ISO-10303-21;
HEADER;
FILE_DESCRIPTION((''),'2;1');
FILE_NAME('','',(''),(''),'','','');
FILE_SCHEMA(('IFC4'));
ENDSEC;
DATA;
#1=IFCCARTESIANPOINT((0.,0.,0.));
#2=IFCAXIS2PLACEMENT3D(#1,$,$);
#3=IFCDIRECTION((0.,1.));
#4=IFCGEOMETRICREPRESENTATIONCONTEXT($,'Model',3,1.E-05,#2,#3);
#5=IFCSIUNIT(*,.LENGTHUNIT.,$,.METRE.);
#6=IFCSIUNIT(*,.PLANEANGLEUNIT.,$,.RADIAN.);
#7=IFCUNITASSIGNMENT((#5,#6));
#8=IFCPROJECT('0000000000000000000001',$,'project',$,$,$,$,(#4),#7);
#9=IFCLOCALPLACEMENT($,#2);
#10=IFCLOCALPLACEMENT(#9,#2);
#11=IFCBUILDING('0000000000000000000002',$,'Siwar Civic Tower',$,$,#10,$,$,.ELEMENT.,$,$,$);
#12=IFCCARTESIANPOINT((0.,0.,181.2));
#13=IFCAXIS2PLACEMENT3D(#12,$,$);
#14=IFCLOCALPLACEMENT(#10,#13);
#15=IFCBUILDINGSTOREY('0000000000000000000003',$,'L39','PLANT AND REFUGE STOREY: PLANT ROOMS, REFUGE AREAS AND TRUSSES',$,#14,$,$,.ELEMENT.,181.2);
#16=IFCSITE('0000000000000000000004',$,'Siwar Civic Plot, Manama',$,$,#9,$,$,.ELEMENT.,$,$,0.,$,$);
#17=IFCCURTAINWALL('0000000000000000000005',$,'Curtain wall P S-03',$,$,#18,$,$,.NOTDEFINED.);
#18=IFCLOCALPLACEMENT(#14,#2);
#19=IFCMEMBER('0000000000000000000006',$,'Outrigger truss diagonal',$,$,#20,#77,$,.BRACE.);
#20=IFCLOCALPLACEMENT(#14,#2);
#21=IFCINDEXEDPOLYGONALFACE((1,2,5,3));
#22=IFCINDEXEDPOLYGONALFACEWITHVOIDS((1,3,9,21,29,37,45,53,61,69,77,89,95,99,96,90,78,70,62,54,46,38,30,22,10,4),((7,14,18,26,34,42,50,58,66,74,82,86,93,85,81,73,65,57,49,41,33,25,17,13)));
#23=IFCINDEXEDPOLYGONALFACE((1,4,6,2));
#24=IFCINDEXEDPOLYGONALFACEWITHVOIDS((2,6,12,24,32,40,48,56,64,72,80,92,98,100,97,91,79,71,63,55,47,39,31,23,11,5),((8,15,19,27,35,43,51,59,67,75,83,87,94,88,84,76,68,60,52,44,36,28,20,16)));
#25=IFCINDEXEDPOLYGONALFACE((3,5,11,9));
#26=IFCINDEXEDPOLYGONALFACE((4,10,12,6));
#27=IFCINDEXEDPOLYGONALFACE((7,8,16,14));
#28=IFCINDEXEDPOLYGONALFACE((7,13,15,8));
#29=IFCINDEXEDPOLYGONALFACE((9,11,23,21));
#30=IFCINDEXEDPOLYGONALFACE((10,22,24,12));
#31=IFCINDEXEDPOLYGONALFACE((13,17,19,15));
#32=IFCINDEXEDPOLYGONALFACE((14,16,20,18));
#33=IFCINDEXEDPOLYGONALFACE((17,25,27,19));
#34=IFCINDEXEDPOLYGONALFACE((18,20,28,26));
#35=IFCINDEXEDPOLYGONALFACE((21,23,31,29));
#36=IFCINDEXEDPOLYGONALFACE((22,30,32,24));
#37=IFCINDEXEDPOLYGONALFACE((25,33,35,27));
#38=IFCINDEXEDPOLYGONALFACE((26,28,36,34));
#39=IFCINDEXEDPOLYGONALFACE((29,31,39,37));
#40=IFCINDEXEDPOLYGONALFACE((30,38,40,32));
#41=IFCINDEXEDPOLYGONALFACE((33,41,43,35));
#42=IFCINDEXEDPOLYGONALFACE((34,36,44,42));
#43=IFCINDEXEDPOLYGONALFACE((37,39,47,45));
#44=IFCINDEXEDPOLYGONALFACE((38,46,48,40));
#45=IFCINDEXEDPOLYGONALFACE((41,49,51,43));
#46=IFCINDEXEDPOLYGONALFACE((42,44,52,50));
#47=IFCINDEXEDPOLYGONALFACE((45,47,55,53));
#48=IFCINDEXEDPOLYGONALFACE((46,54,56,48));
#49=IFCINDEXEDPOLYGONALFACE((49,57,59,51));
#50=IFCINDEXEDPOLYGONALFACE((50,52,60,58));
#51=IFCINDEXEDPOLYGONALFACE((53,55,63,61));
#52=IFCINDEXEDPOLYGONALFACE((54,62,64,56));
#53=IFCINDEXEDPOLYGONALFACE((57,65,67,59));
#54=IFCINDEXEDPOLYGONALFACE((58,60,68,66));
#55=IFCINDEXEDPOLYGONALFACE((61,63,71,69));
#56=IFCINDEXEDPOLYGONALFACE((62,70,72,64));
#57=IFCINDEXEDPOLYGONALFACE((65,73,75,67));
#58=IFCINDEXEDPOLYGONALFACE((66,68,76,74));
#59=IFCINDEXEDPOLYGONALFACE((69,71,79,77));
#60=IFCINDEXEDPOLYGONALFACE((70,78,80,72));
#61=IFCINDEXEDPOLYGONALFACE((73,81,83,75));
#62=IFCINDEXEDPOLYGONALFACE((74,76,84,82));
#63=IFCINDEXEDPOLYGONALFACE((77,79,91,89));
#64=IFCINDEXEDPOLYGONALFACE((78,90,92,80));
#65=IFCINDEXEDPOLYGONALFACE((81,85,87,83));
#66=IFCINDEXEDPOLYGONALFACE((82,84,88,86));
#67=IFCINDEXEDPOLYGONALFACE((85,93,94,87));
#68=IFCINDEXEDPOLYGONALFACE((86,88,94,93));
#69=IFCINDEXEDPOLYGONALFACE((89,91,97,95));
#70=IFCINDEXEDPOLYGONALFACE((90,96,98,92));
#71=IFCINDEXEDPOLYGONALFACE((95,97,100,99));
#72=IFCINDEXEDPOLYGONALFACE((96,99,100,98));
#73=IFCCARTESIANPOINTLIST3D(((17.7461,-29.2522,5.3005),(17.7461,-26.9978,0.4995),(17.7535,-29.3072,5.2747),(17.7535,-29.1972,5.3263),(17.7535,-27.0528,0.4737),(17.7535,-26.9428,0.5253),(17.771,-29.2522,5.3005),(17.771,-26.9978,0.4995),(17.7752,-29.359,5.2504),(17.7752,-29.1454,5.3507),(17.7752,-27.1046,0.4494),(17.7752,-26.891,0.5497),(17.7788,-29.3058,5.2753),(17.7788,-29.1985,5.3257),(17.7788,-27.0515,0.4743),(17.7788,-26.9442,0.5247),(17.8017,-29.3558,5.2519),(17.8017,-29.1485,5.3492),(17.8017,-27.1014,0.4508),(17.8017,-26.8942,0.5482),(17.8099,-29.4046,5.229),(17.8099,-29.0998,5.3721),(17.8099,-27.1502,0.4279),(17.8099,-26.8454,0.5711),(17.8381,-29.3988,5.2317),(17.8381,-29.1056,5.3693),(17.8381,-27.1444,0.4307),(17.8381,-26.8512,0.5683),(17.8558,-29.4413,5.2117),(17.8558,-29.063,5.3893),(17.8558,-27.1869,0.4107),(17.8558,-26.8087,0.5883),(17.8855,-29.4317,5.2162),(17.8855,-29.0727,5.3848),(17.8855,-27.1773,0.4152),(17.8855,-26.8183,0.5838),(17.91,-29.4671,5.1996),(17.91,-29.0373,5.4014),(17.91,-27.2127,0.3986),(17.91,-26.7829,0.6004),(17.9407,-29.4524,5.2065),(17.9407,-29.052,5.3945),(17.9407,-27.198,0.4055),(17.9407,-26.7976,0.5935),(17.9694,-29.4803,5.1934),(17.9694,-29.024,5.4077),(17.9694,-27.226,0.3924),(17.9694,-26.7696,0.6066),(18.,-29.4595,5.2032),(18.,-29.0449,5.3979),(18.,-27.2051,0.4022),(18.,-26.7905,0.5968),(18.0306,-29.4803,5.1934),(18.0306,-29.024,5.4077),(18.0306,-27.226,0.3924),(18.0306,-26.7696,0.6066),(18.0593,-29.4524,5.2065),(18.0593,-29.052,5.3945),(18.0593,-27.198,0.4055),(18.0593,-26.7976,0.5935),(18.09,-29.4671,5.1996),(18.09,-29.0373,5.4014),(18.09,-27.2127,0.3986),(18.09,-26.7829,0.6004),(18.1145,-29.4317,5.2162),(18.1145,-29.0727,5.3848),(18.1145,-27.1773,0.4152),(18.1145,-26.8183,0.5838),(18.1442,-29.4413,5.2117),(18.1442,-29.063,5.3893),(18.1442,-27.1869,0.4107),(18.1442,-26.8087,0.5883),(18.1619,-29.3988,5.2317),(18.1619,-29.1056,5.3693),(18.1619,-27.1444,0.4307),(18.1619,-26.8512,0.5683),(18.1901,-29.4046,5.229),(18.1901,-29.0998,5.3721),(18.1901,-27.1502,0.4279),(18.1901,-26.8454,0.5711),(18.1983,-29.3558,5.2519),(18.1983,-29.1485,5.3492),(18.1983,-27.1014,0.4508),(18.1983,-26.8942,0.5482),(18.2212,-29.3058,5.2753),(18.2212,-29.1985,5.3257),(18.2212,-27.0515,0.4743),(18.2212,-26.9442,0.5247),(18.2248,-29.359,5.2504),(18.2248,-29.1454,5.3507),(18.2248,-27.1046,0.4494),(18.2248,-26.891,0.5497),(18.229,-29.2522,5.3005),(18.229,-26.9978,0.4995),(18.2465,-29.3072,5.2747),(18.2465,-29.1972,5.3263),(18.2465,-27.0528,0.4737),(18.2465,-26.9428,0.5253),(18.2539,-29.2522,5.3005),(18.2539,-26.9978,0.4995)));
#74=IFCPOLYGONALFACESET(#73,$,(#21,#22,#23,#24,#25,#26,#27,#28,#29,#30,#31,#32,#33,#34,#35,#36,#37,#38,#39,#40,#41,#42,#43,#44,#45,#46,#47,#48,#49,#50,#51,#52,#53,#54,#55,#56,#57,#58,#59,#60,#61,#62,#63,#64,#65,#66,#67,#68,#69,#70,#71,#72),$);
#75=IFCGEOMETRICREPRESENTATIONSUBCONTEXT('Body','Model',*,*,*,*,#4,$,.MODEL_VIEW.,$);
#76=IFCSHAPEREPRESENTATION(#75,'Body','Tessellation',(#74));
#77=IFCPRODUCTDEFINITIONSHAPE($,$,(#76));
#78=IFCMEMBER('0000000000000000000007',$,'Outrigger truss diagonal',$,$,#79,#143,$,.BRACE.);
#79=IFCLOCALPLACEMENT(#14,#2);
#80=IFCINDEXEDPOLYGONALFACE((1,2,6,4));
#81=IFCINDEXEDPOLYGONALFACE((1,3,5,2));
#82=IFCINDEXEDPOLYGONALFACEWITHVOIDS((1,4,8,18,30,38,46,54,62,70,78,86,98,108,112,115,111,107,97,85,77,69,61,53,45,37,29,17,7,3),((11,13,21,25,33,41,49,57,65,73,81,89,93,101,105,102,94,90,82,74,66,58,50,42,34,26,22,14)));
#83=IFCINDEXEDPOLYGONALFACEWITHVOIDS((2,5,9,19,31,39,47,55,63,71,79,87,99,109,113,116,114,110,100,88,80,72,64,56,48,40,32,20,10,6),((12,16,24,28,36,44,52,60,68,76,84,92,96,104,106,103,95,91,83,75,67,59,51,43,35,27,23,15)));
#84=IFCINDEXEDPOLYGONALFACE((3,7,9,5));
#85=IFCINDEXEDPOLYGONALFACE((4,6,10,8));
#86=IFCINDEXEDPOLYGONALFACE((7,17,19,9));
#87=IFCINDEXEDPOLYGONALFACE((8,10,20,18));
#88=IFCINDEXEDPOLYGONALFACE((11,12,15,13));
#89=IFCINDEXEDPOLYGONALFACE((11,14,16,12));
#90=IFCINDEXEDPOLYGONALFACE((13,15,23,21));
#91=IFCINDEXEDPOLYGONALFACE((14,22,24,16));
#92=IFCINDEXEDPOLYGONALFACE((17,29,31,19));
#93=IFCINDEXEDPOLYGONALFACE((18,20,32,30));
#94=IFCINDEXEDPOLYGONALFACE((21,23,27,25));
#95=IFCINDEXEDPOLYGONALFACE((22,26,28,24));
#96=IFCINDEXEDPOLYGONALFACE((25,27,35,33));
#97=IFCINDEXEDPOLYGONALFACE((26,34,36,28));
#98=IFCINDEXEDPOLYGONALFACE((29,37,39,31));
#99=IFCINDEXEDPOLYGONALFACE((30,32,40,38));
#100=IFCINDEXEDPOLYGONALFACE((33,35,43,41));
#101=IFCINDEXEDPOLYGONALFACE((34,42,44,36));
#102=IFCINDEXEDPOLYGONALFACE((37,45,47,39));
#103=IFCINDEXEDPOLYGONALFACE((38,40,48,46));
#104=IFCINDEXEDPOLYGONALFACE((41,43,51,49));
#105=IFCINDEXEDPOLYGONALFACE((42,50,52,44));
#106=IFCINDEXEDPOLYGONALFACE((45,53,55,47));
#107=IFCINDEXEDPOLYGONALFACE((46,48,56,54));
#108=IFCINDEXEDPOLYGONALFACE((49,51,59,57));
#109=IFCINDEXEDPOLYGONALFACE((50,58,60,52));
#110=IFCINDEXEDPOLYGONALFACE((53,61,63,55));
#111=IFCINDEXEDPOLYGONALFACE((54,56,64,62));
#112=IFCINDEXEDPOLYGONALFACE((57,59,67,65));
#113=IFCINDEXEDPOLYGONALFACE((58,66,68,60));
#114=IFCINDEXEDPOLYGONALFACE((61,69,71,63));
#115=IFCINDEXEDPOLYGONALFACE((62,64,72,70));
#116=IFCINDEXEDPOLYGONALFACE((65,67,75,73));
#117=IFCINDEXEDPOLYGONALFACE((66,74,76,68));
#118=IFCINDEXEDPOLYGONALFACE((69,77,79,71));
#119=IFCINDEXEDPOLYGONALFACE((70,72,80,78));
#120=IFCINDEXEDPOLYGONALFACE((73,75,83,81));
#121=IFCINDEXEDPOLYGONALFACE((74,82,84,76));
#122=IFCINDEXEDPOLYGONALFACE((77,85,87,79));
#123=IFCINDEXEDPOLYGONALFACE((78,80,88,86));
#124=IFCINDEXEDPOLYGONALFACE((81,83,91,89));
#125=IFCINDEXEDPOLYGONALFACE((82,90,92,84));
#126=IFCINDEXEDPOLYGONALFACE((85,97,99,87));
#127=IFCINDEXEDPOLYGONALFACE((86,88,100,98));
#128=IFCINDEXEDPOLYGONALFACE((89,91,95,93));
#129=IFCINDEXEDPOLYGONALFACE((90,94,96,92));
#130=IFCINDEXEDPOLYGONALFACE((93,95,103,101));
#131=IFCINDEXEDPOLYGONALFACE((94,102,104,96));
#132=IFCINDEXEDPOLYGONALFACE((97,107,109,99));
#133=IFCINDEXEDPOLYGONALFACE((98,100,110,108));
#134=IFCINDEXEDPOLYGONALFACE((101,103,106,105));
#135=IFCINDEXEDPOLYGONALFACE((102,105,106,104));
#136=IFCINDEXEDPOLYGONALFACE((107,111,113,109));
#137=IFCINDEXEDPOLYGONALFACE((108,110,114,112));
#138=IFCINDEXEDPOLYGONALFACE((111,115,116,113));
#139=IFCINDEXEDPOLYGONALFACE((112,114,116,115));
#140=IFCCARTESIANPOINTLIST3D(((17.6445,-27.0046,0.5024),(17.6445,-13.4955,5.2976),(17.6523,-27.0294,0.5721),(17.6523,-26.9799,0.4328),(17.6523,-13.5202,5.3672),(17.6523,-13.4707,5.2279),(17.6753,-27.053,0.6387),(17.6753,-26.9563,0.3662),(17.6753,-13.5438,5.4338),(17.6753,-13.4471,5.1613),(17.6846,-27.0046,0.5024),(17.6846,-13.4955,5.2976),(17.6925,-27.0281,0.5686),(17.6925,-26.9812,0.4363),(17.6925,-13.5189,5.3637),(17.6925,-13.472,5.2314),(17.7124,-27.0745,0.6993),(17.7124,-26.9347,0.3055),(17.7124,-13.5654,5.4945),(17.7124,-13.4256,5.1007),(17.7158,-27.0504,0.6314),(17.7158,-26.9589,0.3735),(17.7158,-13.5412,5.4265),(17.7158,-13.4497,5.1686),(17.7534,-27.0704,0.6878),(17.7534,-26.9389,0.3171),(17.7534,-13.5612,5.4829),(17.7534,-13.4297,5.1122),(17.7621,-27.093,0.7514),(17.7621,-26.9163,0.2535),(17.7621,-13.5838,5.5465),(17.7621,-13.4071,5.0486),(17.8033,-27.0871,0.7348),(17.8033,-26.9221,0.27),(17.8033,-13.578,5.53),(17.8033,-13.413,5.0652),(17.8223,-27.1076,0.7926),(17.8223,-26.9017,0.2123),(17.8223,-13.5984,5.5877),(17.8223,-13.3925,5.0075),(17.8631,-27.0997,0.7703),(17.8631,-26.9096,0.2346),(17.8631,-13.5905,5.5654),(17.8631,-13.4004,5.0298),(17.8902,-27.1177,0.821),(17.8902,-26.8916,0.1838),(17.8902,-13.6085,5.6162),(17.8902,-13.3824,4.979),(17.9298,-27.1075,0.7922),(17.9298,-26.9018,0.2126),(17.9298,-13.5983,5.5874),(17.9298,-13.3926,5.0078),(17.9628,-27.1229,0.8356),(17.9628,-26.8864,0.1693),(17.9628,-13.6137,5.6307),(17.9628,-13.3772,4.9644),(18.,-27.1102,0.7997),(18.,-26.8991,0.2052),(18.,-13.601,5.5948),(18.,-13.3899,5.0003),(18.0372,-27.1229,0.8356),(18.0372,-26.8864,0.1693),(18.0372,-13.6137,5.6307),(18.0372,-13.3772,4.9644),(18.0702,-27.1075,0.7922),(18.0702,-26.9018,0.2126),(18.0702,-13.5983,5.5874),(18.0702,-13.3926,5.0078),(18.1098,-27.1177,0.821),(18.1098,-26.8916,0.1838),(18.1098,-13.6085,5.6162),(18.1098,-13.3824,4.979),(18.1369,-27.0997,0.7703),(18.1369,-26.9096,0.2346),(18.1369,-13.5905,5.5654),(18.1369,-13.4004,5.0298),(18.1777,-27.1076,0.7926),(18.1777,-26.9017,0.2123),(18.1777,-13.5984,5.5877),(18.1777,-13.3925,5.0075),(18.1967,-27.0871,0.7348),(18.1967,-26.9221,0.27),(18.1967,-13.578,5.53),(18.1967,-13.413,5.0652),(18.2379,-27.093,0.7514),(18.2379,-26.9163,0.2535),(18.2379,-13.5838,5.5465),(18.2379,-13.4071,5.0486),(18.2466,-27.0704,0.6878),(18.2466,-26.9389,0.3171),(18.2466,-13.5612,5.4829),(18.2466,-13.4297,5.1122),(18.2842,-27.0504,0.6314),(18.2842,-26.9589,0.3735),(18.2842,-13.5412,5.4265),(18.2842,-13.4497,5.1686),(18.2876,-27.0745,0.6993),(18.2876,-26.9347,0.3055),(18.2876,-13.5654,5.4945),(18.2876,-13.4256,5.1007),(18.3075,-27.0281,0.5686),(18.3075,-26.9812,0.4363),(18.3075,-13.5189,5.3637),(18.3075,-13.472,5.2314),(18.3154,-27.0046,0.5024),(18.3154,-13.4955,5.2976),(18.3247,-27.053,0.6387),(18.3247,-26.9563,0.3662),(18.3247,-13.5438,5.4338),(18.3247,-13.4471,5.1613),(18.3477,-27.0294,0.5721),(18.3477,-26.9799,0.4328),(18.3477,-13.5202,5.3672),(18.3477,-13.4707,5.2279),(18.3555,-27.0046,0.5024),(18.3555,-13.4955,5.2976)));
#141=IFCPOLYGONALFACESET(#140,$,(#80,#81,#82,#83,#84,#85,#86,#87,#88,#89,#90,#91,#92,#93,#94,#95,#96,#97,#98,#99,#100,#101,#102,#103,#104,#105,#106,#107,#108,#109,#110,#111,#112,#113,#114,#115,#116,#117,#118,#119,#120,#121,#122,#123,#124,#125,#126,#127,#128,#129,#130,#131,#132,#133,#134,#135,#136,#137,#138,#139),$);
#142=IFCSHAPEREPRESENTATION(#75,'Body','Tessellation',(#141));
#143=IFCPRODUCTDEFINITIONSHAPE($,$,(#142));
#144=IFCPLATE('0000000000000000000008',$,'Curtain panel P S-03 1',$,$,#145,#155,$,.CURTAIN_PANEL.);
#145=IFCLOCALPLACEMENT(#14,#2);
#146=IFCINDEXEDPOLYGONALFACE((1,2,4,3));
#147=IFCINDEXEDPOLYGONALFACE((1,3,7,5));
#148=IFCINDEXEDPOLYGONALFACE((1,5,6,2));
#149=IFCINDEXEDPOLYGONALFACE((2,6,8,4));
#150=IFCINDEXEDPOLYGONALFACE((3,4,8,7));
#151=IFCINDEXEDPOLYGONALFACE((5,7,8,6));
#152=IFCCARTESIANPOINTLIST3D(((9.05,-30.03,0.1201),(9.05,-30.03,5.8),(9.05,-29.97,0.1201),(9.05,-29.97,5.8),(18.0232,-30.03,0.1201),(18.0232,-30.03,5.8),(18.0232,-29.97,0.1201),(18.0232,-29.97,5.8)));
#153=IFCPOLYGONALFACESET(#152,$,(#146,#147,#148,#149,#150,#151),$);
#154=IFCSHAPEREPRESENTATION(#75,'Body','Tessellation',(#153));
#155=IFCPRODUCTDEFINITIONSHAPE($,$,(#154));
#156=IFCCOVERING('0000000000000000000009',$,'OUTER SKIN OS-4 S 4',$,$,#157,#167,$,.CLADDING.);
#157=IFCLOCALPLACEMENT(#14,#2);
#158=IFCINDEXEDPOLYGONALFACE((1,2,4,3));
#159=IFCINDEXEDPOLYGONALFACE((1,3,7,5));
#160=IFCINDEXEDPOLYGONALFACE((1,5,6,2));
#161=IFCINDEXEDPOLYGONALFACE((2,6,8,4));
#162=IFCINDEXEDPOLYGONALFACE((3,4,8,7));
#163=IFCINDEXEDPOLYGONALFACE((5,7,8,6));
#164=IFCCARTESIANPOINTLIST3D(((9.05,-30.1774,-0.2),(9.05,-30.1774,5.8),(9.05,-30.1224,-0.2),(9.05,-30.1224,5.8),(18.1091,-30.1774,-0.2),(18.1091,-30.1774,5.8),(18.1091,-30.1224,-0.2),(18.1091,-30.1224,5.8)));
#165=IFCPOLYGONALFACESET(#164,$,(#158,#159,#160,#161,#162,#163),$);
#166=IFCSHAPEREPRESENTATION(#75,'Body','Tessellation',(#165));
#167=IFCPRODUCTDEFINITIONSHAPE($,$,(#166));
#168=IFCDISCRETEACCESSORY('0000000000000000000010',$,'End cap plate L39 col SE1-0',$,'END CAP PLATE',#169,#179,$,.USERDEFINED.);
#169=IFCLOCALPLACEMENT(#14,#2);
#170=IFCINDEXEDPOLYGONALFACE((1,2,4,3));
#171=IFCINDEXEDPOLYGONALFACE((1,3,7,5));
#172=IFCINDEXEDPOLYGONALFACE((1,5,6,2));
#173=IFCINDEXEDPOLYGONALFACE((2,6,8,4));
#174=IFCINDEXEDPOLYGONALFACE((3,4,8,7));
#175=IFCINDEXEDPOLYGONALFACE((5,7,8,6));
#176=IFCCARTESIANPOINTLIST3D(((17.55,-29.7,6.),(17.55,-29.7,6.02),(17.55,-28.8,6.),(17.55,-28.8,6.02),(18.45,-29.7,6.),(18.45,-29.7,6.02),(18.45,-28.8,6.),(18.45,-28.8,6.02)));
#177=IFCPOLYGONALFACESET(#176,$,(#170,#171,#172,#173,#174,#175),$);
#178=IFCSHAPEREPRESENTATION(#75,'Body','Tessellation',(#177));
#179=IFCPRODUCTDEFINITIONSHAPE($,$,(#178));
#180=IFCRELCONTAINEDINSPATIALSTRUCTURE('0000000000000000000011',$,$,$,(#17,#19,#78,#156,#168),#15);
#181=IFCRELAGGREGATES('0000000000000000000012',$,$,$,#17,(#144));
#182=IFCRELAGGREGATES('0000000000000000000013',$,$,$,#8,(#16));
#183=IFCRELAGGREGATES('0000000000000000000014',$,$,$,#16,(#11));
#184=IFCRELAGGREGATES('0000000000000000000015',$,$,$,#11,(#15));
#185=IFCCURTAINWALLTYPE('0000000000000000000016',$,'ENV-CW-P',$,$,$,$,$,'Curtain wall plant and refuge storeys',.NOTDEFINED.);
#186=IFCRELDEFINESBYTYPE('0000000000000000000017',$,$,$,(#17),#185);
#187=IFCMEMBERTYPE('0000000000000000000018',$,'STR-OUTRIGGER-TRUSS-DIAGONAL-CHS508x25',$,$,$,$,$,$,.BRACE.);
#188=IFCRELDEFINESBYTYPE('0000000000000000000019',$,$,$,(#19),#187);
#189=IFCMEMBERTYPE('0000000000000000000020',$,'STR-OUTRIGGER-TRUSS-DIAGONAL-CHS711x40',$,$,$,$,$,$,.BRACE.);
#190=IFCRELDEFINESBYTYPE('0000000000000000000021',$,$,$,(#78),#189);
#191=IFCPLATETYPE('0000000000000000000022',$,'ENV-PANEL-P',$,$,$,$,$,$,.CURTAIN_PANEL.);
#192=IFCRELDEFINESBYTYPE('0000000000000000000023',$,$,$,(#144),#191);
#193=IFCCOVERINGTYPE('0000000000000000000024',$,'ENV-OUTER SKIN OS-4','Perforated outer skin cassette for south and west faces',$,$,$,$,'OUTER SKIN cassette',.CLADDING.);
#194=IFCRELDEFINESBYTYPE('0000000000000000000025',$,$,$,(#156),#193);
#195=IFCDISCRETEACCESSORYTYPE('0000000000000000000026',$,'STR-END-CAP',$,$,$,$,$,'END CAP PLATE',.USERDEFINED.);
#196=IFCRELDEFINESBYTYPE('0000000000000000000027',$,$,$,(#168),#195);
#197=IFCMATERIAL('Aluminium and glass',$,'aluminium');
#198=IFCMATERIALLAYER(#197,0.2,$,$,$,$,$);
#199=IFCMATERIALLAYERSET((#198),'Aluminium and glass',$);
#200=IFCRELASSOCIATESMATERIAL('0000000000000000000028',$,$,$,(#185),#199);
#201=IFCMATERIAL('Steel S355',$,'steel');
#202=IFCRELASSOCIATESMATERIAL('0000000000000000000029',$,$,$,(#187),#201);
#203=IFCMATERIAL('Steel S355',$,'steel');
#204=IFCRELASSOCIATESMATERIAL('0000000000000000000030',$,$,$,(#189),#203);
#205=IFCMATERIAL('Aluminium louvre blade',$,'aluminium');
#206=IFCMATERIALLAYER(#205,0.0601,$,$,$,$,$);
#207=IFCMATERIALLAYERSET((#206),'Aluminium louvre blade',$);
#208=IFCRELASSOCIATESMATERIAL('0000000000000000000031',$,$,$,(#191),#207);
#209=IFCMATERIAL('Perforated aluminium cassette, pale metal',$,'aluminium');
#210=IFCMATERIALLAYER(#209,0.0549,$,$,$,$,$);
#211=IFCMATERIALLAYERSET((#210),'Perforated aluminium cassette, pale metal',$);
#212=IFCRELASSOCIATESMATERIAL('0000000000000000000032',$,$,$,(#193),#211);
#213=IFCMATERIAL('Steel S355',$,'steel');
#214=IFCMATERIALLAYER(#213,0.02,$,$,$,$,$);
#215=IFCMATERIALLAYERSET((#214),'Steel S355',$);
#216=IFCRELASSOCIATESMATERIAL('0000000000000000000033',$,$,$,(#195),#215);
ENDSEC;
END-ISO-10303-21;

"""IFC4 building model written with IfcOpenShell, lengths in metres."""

from ifc_helpers import new_model, si_unit, direction, frame, origin, origin_2d, place, context, subcontext, project, spatial, rectangle, hollow_circle, extrude, material, layer, layer_set, material_profile, profile_set, type_object, element, aggregate, save


model = new_model("IFC4")

# Units and contexts
model_context = context("Model", 3, precision=1e-05, world=origin(), true_north=direction((0.0, 1.0)))
body_context = subcontext(model_context, "Body", "Model", "MODEL_VIEW")
ifc_project = project(units=[si_unit("LENGTHUNIT", "METRE"), si_unit("PLANEANGLEUNIT", "RADIAN")], contexts=[model_context])

# Site, building, storey
site_placement = place(None, origin())
site = spatial("IfcSite", under=ifc_project, at=site_placement, Name="Siwar Civic Plot, Manama", CompositionType="ELEMENT", RefElevation=0.0)
building_placement = place(site_placement, origin())
building = spatial("IfcBuilding", under=site, at=building_placement, Name="Siwar Civic Tower", CompositionType="ELEMENT")
storey_placement = place(building_placement, frame((0.0, 0.0, 181.2)))
storey = spatial("IfcBuildingStorey", under=building, at=storey_placement, Name="L39", Description="PLANT AND REFUGE STOREY: PLANT ROOMS, REFUGE AREAS AND TRUSSES", CompositionType="ELEMENT", Elevation=181.2)

# Curtain wall
ifc_material_1 = material(Name="Aluminium and glass", Category="aluminium")
ifc_layer_1 = layer(ifc_material_1, 0.2)
ifc_layer_set_1 = layer_set([ifc_layer_1], Name="Aluminium and glass")
curtain_wall_type = type_object("IfcCurtainWallType", Name="ENV-CW-P", ElementType="Curtain wall plant and refuge storeys", PredefinedType="NOTDEFINED", material=ifc_layer_set_1)
curtain_wall_placement = place(storey_placement, origin())
curtain_wall = element("IfcCurtainWall", 1, at=curtain_wall_placement, inside=storey, type_object=curtain_wall_type, Name="Curtain wall P S-03", PredefinedType="NOTDEFINED")

# Members
ifc_material_2 = material(Name="Steel S355", Category="steel")
ifc_material_profile_1 = material_profile(ifc_material_2, hollow_circle(Radius=0.2539, WallThickness=0.0249, at=origin_2d()), Name="CHS508x25")
ifc_profile_set_1 = profile_set([ifc_material_profile_1], Name="Steel S355")
member_type_1 = type_object("IfcMemberType", Name="STR-OUTRIGGER-TRUSS-DIAGONAL-CHS508x25", PredefinedType="BRACE", material=ifc_profile_set_1)
member_1_placement = place(storey_placement, frame((18.0, -26.9978, 0.4995), z_axis=(0.0, -0.425039, 0.905175), x_axis=(1.0, 0.0, 0.0)))
element("IfcMember", 2, at=member_1_placement, inside=storey, type_object=member_type_1, Name="Outrigger truss diagonal", PredefinedType="BRACE", context=body_context, shape_type="SweptSolid", body=[
    extrude(hollow_circle(Radius=0.2539, WallThickness=0.0249, at=origin_2d()), origin(), (0.0, 0.0, 1.0), 5.304),
])
ifc_material_3 = material(Name="Steel S355", Category="steel")
ifc_material_profile_2 = material_profile(ifc_material_3, hollow_circle(Radius=0.3555, WallThickness=0.04, at=origin_2d()), Name="CHS711x40")
ifc_profile_set_2 = profile_set([ifc_material_profile_2], Name="Steel S355")
member_type_2 = type_object("IfcMemberType", Name="STR-OUTRIGGER-TRUSS-DIAGONAL-CHS711x40", PredefinedType="BRACE", material=ifc_profile_set_2)
member_2_placement = place(storey_placement, frame((18.0, -27.0046, 0.5024), z_axis=(0.0, 0.942394, 0.334506), x_axis=(-1.0, 0.0, 0.0)))
element("IfcMember", 3, at=member_2_placement, inside=storey, type_object=member_type_2, Name="Outrigger truss diagonal", PredefinedType="BRACE", context=body_context, shape_type="SweptSolid", body=[
    extrude(hollow_circle(Radius=0.3555, WallThickness=0.04, at=origin_2d()), origin(), (0.0, 0.0, 1.0), 14.335),
])

# Plate
ifc_material_4 = material(Name="Aluminium louvre blade", Category="aluminium")
ifc_layer_2 = layer(ifc_material_4, 0.0601)
ifc_layer_set_2 = layer_set([ifc_layer_2], Name="Aluminium louvre blade")
plate_type = type_object("IfcPlateType", Name="ENV-PANEL-P", PredefinedType="CURTAIN_PANEL", material=ifc_layer_set_2)
plate_placement = place(storey_placement, frame((13.5366, -30.0, 0.1201), z_axis=(0.0, 0.0, 1.0), x_axis=(1.0, 0.0, 0.0)))
plate = element("IfcPlate", 4, at=plate_placement, type_object=plate_type, Name="Curtain panel P S-03 1", PredefinedType="CURTAIN_PANEL", context=body_context, shape_type="SweptSolid", body=[
    extrude(rectangle(XDim=8.9731, YDim=0.0601, at=origin_2d()), origin(), (0.0, 0.0, 1.0), 5.6799),
])
aggregate(curtain_wall, [plate])

# Covering
ifc_material_5 = material(Name="Perforated aluminium cassette, pale metal", Category="aluminium")
ifc_layer_3 = layer(ifc_material_5, 0.0549)
ifc_layer_set_3 = layer_set([ifc_layer_3], Name="Perforated aluminium cassette, pale metal")
covering_type = type_object("IfcCoveringType", Name="ENV-OUTER SKIN OS-4", Description="Perforated outer skin cassette for south and west faces", ElementType="OUTER SKIN cassette", PredefinedType="CLADDING", material=ifc_layer_set_3)
covering_placement = place(storey_placement, frame((13.5796, -30.1499, -0.2), z_axis=(0.0, 0.0, 1.0), x_axis=(1.0, 0.0, 0.0)))
element("IfcCovering", 5, at=covering_placement, inside=storey, type_object=covering_type, Name="OUTER SKIN OS-4 S 4", PredefinedType="CLADDING", context=body_context, shape_type="SweptSolid", body=[
    extrude(rectangle(XDim=9.0591, YDim=0.0549, at=origin_2d()), origin(), (0.0, 0.0, 1.0), 6.0),
])

# Discrete accessory
ifc_material_6 = material(Name="Steel S355", Category="steel")
ifc_layer_4 = layer(ifc_material_6, 0.02)
ifc_layer_set_4 = layer_set([ifc_layer_4], Name="Steel S355")
discrete_accessory_type = type_object("IfcDiscreteAccessoryType", Name="STR-END-CAP", ElementType="END CAP PLATE", PredefinedType="USERDEFINED", material=ifc_layer_set_4)
discrete_accessory_placement = place(storey_placement, frame((18.0, -29.25, 6.0), z_axis=(0.0, 0.0, 1.0), x_axis=(1.0, 0.0, 0.0)))
element("IfcDiscreteAccessory", 6, at=discrete_accessory_placement, inside=storey, type_object=discrete_accessory_type, Name="End cap plate L39 col SE1-0", ObjectType="END CAP PLATE", PredefinedType="USERDEFINED", context=body_context, shape_type="SweptSolid", body=[
    extrude(rectangle(XDim=0.8999, YDim=0.8999, at=origin_2d()), origin(), (0.0, 0.0, 1.0), 0.02),
])

save(model, "model.ifc")
